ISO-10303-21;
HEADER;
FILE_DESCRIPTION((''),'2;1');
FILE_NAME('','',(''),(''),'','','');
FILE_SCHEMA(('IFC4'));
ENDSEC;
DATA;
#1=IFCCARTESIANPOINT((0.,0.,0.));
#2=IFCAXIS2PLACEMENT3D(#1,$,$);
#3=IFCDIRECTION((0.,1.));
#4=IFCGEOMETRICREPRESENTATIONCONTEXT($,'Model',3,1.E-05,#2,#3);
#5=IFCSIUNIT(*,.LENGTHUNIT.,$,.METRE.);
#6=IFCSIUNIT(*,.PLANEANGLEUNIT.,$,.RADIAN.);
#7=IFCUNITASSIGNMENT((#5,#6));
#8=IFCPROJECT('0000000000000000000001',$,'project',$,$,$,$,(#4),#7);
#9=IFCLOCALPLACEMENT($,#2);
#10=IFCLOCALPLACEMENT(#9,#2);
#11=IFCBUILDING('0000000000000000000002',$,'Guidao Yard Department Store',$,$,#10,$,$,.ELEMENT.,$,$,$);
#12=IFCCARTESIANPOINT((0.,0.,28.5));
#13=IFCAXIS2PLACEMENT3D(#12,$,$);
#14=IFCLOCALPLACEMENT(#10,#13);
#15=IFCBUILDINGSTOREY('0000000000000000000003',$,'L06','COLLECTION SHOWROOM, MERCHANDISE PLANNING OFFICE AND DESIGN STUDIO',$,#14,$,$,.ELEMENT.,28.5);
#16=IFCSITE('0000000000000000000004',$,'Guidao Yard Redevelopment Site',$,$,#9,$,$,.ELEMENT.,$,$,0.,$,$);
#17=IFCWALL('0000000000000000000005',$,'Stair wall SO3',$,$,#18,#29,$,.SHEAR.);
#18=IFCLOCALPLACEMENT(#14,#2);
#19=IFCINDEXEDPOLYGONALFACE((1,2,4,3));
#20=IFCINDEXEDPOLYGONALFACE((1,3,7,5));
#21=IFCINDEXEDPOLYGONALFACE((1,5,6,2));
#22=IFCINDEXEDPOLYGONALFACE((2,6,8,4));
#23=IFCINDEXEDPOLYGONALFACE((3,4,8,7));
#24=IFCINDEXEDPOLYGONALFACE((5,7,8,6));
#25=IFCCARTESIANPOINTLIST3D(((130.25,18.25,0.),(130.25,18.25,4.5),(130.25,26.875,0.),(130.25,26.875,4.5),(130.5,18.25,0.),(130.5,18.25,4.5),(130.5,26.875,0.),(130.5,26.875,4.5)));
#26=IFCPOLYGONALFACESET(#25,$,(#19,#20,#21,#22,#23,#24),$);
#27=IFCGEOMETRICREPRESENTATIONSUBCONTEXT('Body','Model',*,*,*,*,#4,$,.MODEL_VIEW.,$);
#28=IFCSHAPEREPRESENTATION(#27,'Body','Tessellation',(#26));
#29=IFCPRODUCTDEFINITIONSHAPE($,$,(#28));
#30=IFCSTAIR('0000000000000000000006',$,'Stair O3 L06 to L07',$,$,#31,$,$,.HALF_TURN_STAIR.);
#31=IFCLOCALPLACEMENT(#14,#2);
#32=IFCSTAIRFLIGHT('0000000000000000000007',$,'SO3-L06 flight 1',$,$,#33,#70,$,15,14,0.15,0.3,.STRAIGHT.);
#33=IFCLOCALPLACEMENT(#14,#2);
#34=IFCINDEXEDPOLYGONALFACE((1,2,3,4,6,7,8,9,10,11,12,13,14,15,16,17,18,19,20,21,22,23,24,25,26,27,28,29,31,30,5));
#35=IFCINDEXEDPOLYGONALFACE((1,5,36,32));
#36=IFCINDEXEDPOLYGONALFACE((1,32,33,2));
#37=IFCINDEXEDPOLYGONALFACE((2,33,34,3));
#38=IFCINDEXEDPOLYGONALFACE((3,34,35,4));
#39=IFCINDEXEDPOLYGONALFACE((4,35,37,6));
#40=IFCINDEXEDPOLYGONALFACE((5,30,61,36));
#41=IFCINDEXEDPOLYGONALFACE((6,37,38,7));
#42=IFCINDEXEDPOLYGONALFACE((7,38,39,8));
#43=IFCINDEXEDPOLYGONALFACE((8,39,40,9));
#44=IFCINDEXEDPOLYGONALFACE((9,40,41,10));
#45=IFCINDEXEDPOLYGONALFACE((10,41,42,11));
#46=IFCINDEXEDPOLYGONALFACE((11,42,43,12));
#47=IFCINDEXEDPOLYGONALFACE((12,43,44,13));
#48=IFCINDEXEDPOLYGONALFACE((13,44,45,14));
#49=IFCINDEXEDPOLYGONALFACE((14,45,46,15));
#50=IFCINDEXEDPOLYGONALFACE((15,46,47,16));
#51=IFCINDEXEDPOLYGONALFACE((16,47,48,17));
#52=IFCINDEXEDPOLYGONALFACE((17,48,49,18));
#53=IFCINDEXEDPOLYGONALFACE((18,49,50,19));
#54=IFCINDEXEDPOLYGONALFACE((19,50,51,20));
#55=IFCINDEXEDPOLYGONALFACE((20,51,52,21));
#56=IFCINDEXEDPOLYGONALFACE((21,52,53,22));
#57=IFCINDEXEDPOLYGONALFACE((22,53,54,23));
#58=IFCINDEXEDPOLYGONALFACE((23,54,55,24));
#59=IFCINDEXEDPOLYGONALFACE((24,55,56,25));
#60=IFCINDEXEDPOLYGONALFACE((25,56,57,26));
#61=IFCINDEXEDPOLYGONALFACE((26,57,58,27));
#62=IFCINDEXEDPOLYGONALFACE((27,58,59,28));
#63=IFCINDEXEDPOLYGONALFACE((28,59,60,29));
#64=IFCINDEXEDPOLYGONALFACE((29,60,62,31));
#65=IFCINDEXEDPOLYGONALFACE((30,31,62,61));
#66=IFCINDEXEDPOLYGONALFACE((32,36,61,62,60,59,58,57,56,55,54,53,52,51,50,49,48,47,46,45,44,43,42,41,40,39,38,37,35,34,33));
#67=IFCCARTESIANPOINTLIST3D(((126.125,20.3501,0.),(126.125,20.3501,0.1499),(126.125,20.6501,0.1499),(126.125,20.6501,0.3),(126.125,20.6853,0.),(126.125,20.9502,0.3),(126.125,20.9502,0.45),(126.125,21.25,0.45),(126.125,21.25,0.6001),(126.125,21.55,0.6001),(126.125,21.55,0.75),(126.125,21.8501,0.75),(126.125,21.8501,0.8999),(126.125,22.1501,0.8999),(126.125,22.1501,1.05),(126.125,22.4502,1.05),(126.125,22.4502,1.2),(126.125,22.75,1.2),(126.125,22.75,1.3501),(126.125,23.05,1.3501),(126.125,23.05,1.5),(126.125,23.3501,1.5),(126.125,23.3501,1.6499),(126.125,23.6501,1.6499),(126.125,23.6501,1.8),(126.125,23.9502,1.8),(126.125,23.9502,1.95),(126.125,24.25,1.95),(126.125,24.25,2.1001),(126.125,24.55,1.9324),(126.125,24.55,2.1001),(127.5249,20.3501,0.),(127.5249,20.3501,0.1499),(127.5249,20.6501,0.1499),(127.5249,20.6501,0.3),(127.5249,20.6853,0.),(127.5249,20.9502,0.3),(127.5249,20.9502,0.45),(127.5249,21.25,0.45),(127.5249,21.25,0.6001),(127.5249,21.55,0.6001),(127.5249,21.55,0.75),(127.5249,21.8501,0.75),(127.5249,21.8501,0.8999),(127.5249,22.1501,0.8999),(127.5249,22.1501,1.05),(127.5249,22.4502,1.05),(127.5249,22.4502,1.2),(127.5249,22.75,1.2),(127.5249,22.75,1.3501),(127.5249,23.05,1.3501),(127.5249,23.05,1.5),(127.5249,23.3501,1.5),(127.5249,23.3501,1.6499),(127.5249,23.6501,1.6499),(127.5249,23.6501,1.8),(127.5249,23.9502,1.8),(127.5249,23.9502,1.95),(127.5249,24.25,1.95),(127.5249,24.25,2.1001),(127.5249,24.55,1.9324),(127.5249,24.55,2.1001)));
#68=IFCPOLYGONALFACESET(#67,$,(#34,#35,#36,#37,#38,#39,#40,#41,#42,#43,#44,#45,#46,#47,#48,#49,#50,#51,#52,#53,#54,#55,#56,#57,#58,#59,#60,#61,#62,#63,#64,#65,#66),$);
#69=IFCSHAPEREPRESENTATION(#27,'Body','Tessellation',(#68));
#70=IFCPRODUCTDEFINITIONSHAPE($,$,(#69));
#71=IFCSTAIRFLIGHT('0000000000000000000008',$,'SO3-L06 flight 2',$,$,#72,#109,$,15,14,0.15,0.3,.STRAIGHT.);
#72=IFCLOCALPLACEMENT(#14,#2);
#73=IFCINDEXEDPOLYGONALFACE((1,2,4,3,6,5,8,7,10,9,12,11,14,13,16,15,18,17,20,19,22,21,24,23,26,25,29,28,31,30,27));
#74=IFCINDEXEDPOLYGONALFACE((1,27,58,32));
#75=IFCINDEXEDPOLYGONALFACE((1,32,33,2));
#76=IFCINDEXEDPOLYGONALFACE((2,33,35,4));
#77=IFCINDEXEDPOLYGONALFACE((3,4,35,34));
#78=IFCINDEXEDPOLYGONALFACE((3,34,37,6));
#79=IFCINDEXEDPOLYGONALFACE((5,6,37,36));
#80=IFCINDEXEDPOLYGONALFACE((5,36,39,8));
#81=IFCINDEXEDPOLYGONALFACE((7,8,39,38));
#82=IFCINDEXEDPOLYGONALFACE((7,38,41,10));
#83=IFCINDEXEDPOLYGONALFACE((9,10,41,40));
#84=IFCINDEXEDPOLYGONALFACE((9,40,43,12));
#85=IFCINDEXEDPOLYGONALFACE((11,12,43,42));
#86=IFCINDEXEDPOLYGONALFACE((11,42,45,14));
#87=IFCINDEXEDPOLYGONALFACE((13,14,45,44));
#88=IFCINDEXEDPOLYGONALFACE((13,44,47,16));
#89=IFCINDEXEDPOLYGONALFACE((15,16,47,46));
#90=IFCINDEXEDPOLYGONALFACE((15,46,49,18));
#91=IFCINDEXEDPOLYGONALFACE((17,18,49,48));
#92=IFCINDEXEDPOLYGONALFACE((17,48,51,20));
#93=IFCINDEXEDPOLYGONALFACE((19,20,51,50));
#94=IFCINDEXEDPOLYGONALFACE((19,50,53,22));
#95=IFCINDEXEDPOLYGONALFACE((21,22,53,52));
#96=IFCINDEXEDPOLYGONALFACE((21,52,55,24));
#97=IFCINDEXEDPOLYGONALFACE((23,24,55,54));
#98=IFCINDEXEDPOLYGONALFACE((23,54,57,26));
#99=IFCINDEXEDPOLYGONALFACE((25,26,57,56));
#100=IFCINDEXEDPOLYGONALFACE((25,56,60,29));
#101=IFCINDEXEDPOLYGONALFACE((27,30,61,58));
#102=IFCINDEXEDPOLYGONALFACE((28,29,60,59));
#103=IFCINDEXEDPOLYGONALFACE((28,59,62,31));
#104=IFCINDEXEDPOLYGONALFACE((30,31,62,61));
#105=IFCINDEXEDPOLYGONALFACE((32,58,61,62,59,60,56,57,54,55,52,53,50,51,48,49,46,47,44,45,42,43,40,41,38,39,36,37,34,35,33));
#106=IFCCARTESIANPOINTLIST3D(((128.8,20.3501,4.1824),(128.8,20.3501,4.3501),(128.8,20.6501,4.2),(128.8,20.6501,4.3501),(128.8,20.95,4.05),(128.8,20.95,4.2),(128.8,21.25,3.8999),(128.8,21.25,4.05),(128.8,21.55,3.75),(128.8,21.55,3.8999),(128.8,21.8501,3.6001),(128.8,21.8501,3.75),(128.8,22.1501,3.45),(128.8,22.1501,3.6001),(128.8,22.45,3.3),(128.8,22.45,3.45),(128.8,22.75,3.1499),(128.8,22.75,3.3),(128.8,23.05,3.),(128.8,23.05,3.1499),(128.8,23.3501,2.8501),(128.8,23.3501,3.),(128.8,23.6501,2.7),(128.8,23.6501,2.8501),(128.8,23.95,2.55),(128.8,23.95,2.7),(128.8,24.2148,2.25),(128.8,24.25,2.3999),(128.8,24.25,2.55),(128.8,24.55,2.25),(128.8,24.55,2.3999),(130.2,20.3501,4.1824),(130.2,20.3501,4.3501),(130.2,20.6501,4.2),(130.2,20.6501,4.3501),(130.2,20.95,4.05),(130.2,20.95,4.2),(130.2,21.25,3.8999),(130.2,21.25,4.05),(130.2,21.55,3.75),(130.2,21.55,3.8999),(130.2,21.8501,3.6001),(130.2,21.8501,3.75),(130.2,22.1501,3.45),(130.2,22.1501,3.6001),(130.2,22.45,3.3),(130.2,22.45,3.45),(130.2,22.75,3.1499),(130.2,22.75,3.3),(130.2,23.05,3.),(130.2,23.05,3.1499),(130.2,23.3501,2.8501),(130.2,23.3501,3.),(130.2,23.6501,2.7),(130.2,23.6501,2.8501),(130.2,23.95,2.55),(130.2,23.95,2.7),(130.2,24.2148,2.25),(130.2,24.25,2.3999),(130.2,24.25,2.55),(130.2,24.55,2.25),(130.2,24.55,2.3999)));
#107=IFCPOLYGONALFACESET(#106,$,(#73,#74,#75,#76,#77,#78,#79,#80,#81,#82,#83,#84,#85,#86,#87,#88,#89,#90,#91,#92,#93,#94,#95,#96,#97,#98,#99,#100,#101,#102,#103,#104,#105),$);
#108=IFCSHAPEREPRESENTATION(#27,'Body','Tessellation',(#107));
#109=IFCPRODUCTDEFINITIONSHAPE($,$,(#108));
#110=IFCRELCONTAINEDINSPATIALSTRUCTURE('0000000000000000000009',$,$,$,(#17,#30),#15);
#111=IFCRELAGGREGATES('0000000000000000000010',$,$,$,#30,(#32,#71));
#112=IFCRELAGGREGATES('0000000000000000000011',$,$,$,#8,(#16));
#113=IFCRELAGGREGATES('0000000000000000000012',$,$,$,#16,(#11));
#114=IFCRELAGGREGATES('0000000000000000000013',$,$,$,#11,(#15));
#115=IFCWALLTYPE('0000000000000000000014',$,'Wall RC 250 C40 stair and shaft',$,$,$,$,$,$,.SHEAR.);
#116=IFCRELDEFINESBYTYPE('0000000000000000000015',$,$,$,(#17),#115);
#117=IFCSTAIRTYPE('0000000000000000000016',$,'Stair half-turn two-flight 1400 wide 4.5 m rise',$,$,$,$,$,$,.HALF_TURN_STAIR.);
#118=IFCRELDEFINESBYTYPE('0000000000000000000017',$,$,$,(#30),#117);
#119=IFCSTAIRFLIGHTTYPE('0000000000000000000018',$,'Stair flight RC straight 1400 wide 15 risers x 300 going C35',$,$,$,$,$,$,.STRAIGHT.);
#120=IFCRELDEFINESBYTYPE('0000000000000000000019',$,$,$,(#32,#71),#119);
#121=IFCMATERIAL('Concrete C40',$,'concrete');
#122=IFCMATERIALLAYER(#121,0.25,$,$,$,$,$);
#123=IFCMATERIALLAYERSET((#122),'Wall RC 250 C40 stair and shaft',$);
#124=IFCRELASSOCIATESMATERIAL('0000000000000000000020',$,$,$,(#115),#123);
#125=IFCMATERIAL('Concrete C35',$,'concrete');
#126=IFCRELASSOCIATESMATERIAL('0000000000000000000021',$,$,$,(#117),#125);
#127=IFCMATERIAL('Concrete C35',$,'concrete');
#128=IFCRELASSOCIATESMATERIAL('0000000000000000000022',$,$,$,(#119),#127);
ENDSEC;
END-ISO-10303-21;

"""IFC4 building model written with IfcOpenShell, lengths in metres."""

from ifc_helpers import new_model, si_unit, direction, frame, frame_2d, origin, place, context, subcontext, project, spatial, polyline, rectangle, outline, extrude, material, layer, layer_set, type_object, element, aggregate, save


model = new_model("IFC4")

# Units and contexts
model_context = context("Model", 3, precision=1e-05, world=origin(), true_north=direction((0.0, 1.0)))
body_context = subcontext(model_context, "Body", "Model", "MODEL_VIEW")
ifc_project = project(units=[si_unit("LENGTHUNIT", "METRE"), si_unit("PLANEANGLEUNIT", "RADIAN")], contexts=[model_context])

# Site, building, storey
site_placement = place(None, origin())
site = spatial("IfcSite", under=ifc_project, at=site_placement, Name="Guidao Yard Redevelopment Site", CompositionType="ELEMENT", RefElevation=0.0)
building_placement = place(site_placement, origin())
building = spatial("IfcBuilding", under=site, at=building_placement, Name="Guidao Yard Department Store", CompositionType="ELEMENT")
storey_placement = place(building_placement, frame((0.0, 0.0, 28.5)))
storey = spatial("IfcBuildingStorey", under=building, at=storey_placement, Name="L06", Description="COLLECTION SHOWROOM, MERCHANDISE PLANNING OFFICE AND DESIGN STUDIO", CompositionType="ELEMENT", Elevation=28.5)

# Shared definitions
ifc_material_1 = material(Name="Concrete C40", Category="concrete")
ifc_layer_1 = layer(ifc_material_1, 0.25)
ifc_layer_set_1 = layer_set([ifc_layer_1], Name="Wall RC 250 C40 stair and shaft")
wall_type = type_object("IfcWallType", Name="Wall RC 250 C40 stair and shaft", PredefinedType="SHEAR", material=ifc_layer_set_1)

# Wall
wall_1_placement = place(storey_placement, frame((130.375, 18.25, 0.0), z_axis=(0.0, 0.0, 1.0), x_axis=(0.0, 1.0, 0.0)))
element("IfcWall", 1, at=wall_1_placement, inside=storey, type_object=wall_type, Name="Stair wall SO3", PredefinedType="SHEAR", context=body_context, shape_type="SweptSolid", body=[
    extrude(rectangle(XDim=8.625, YDim=0.25, at=frame_2d((4.3125, 0.0))), origin(), (0.0, 0.0, 1.0), 4.5),
])

# Stair, stair flights
ifc_material_2 = material(Name="Concrete C35", Category="concrete")
stair_type = type_object("IfcStairType", Name="Stair half-turn two-flight 1400 wide 4.5 m rise", PredefinedType="HALF_TURN_STAIR", material=ifc_material_2)
stair_placement = place(storey_placement, origin())
stair = element("IfcStair", 2, at=stair_placement, inside=storey, type_object=stair_type, Name="Stair O3 L06 to L07", PredefinedType="HALF_TURN_STAIR")
ifc_material_3 = material(Name="Concrete C35", Category="concrete")
stair_flight_type = type_object("IfcStairFlightType", Name="Stair flight RC straight 1400 wide 15 risers x 300 going C35", PredefinedType="STRAIGHT", material=ifc_material_3)
stair_flight_1_placement = place(storey_placement, frame((126.825, 20.3501, 0.0), z_axis=(0.0, 0.0, 1.0), x_axis=(0.0, 1.0, 0.0)))
stair_flight_1 = element("IfcStairFlight", 3, at=stair_flight_1_placement, type_object=stair_flight_type, Name="SO3-L06 flight 1", NumberOfRisers=15, NumberOfTreads=14, PredefinedType="STRAIGHT", RiserHeight=0.15, TreadLength=0.3, context=body_context, shape_type="SweptSolid", body=[
    extrude(outline(polyline([(0.0, 0.0), (0.0, 0.1499), (0.3, 0.1499), (0.3, 0.3), (0.6001, 0.3), (0.6001, 0.45), (0.8999, 0.45), (0.8999, 0.6001), (1.2, 0.6001), (1.2, 0.75), (1.5, 0.75), (1.5, 0.8999), (1.8, 0.8999), (1.8, 1.05), (2.1001, 1.05), (2.1001, 1.2), (2.3999, 1.2), (2.3999, 1.3501), (2.7, 1.3501), (2.7, 1.5), (3.0, 1.5), (3.0, 1.6499), (3.3, 1.6499), (3.3, 1.8), (3.6001, 1.8), (3.6001, 1.95), (3.8999, 1.95), (3.8999, 2.1001), (4.2, 2.1001), (4.2, 2.25), (4.2, 1.9324), (0.3352, 0.0), (0.0, 0.0)])), frame((0.0, 0.7, 0.0), z_axis=(0.0, -1.0, 0.0), x_axis=(1.0, 0.0, 0.0)), (0.0, 0.0, 1.0), 1.3999),
])
stair_flight_2_placement = place(storey_placement, frame((129.5, 24.55, 2.25), z_axis=(0.0, 0.0, 1.0), x_axis=(0.0, -1.0, 0.0)))
stair_flight_2 = element("IfcStairFlight", 4, at=stair_flight_2_placement, type_object=stair_flight_type, Name="SO3-L06 flight 2", NumberOfRisers=15, NumberOfTreads=14, PredefinedType="STRAIGHT", RiserHeight=0.15, TreadLength=0.3, context=body_context, shape_type="SweptSolid", body=[
    extrude(outline(polyline([(0.0, 0.0), (0.0, 0.1499), (0.3, 0.1499), (0.3, 0.3), (0.6001, 0.3), (0.6001, 0.45), (0.8999, 0.45), (0.8999, 0.6001), (1.2, 0.6001), (1.2, 0.75), (1.5, 0.75), (1.5, 0.8999), (1.8, 0.8999), (1.8, 1.05), (2.1001, 1.05), (2.1001, 1.2), (2.3999, 1.2), (2.3999, 1.3501), (2.7, 1.3501), (2.7, 1.5), (3.0, 1.5), (3.0, 1.6499), (3.3, 1.6499), (3.3, 1.8), (3.6001, 1.8), (3.6001, 1.95), (3.8999, 1.95), (3.8999, 2.1001), (4.2, 2.1001), (4.2, 2.25), (4.2, 1.9324), (0.3352, 0.0), (0.0, 0.0)])), frame((0.0, 0.7, 0.0), z_axis=(0.0, -1.0, 0.0), x_axis=(1.0, 0.0, 0.0)), (0.0, 0.0, 1.0), 1.3999),
])
aggregate(stair, [stair_flight_1, stair_flight_2])

save(model, "model.ifc")
